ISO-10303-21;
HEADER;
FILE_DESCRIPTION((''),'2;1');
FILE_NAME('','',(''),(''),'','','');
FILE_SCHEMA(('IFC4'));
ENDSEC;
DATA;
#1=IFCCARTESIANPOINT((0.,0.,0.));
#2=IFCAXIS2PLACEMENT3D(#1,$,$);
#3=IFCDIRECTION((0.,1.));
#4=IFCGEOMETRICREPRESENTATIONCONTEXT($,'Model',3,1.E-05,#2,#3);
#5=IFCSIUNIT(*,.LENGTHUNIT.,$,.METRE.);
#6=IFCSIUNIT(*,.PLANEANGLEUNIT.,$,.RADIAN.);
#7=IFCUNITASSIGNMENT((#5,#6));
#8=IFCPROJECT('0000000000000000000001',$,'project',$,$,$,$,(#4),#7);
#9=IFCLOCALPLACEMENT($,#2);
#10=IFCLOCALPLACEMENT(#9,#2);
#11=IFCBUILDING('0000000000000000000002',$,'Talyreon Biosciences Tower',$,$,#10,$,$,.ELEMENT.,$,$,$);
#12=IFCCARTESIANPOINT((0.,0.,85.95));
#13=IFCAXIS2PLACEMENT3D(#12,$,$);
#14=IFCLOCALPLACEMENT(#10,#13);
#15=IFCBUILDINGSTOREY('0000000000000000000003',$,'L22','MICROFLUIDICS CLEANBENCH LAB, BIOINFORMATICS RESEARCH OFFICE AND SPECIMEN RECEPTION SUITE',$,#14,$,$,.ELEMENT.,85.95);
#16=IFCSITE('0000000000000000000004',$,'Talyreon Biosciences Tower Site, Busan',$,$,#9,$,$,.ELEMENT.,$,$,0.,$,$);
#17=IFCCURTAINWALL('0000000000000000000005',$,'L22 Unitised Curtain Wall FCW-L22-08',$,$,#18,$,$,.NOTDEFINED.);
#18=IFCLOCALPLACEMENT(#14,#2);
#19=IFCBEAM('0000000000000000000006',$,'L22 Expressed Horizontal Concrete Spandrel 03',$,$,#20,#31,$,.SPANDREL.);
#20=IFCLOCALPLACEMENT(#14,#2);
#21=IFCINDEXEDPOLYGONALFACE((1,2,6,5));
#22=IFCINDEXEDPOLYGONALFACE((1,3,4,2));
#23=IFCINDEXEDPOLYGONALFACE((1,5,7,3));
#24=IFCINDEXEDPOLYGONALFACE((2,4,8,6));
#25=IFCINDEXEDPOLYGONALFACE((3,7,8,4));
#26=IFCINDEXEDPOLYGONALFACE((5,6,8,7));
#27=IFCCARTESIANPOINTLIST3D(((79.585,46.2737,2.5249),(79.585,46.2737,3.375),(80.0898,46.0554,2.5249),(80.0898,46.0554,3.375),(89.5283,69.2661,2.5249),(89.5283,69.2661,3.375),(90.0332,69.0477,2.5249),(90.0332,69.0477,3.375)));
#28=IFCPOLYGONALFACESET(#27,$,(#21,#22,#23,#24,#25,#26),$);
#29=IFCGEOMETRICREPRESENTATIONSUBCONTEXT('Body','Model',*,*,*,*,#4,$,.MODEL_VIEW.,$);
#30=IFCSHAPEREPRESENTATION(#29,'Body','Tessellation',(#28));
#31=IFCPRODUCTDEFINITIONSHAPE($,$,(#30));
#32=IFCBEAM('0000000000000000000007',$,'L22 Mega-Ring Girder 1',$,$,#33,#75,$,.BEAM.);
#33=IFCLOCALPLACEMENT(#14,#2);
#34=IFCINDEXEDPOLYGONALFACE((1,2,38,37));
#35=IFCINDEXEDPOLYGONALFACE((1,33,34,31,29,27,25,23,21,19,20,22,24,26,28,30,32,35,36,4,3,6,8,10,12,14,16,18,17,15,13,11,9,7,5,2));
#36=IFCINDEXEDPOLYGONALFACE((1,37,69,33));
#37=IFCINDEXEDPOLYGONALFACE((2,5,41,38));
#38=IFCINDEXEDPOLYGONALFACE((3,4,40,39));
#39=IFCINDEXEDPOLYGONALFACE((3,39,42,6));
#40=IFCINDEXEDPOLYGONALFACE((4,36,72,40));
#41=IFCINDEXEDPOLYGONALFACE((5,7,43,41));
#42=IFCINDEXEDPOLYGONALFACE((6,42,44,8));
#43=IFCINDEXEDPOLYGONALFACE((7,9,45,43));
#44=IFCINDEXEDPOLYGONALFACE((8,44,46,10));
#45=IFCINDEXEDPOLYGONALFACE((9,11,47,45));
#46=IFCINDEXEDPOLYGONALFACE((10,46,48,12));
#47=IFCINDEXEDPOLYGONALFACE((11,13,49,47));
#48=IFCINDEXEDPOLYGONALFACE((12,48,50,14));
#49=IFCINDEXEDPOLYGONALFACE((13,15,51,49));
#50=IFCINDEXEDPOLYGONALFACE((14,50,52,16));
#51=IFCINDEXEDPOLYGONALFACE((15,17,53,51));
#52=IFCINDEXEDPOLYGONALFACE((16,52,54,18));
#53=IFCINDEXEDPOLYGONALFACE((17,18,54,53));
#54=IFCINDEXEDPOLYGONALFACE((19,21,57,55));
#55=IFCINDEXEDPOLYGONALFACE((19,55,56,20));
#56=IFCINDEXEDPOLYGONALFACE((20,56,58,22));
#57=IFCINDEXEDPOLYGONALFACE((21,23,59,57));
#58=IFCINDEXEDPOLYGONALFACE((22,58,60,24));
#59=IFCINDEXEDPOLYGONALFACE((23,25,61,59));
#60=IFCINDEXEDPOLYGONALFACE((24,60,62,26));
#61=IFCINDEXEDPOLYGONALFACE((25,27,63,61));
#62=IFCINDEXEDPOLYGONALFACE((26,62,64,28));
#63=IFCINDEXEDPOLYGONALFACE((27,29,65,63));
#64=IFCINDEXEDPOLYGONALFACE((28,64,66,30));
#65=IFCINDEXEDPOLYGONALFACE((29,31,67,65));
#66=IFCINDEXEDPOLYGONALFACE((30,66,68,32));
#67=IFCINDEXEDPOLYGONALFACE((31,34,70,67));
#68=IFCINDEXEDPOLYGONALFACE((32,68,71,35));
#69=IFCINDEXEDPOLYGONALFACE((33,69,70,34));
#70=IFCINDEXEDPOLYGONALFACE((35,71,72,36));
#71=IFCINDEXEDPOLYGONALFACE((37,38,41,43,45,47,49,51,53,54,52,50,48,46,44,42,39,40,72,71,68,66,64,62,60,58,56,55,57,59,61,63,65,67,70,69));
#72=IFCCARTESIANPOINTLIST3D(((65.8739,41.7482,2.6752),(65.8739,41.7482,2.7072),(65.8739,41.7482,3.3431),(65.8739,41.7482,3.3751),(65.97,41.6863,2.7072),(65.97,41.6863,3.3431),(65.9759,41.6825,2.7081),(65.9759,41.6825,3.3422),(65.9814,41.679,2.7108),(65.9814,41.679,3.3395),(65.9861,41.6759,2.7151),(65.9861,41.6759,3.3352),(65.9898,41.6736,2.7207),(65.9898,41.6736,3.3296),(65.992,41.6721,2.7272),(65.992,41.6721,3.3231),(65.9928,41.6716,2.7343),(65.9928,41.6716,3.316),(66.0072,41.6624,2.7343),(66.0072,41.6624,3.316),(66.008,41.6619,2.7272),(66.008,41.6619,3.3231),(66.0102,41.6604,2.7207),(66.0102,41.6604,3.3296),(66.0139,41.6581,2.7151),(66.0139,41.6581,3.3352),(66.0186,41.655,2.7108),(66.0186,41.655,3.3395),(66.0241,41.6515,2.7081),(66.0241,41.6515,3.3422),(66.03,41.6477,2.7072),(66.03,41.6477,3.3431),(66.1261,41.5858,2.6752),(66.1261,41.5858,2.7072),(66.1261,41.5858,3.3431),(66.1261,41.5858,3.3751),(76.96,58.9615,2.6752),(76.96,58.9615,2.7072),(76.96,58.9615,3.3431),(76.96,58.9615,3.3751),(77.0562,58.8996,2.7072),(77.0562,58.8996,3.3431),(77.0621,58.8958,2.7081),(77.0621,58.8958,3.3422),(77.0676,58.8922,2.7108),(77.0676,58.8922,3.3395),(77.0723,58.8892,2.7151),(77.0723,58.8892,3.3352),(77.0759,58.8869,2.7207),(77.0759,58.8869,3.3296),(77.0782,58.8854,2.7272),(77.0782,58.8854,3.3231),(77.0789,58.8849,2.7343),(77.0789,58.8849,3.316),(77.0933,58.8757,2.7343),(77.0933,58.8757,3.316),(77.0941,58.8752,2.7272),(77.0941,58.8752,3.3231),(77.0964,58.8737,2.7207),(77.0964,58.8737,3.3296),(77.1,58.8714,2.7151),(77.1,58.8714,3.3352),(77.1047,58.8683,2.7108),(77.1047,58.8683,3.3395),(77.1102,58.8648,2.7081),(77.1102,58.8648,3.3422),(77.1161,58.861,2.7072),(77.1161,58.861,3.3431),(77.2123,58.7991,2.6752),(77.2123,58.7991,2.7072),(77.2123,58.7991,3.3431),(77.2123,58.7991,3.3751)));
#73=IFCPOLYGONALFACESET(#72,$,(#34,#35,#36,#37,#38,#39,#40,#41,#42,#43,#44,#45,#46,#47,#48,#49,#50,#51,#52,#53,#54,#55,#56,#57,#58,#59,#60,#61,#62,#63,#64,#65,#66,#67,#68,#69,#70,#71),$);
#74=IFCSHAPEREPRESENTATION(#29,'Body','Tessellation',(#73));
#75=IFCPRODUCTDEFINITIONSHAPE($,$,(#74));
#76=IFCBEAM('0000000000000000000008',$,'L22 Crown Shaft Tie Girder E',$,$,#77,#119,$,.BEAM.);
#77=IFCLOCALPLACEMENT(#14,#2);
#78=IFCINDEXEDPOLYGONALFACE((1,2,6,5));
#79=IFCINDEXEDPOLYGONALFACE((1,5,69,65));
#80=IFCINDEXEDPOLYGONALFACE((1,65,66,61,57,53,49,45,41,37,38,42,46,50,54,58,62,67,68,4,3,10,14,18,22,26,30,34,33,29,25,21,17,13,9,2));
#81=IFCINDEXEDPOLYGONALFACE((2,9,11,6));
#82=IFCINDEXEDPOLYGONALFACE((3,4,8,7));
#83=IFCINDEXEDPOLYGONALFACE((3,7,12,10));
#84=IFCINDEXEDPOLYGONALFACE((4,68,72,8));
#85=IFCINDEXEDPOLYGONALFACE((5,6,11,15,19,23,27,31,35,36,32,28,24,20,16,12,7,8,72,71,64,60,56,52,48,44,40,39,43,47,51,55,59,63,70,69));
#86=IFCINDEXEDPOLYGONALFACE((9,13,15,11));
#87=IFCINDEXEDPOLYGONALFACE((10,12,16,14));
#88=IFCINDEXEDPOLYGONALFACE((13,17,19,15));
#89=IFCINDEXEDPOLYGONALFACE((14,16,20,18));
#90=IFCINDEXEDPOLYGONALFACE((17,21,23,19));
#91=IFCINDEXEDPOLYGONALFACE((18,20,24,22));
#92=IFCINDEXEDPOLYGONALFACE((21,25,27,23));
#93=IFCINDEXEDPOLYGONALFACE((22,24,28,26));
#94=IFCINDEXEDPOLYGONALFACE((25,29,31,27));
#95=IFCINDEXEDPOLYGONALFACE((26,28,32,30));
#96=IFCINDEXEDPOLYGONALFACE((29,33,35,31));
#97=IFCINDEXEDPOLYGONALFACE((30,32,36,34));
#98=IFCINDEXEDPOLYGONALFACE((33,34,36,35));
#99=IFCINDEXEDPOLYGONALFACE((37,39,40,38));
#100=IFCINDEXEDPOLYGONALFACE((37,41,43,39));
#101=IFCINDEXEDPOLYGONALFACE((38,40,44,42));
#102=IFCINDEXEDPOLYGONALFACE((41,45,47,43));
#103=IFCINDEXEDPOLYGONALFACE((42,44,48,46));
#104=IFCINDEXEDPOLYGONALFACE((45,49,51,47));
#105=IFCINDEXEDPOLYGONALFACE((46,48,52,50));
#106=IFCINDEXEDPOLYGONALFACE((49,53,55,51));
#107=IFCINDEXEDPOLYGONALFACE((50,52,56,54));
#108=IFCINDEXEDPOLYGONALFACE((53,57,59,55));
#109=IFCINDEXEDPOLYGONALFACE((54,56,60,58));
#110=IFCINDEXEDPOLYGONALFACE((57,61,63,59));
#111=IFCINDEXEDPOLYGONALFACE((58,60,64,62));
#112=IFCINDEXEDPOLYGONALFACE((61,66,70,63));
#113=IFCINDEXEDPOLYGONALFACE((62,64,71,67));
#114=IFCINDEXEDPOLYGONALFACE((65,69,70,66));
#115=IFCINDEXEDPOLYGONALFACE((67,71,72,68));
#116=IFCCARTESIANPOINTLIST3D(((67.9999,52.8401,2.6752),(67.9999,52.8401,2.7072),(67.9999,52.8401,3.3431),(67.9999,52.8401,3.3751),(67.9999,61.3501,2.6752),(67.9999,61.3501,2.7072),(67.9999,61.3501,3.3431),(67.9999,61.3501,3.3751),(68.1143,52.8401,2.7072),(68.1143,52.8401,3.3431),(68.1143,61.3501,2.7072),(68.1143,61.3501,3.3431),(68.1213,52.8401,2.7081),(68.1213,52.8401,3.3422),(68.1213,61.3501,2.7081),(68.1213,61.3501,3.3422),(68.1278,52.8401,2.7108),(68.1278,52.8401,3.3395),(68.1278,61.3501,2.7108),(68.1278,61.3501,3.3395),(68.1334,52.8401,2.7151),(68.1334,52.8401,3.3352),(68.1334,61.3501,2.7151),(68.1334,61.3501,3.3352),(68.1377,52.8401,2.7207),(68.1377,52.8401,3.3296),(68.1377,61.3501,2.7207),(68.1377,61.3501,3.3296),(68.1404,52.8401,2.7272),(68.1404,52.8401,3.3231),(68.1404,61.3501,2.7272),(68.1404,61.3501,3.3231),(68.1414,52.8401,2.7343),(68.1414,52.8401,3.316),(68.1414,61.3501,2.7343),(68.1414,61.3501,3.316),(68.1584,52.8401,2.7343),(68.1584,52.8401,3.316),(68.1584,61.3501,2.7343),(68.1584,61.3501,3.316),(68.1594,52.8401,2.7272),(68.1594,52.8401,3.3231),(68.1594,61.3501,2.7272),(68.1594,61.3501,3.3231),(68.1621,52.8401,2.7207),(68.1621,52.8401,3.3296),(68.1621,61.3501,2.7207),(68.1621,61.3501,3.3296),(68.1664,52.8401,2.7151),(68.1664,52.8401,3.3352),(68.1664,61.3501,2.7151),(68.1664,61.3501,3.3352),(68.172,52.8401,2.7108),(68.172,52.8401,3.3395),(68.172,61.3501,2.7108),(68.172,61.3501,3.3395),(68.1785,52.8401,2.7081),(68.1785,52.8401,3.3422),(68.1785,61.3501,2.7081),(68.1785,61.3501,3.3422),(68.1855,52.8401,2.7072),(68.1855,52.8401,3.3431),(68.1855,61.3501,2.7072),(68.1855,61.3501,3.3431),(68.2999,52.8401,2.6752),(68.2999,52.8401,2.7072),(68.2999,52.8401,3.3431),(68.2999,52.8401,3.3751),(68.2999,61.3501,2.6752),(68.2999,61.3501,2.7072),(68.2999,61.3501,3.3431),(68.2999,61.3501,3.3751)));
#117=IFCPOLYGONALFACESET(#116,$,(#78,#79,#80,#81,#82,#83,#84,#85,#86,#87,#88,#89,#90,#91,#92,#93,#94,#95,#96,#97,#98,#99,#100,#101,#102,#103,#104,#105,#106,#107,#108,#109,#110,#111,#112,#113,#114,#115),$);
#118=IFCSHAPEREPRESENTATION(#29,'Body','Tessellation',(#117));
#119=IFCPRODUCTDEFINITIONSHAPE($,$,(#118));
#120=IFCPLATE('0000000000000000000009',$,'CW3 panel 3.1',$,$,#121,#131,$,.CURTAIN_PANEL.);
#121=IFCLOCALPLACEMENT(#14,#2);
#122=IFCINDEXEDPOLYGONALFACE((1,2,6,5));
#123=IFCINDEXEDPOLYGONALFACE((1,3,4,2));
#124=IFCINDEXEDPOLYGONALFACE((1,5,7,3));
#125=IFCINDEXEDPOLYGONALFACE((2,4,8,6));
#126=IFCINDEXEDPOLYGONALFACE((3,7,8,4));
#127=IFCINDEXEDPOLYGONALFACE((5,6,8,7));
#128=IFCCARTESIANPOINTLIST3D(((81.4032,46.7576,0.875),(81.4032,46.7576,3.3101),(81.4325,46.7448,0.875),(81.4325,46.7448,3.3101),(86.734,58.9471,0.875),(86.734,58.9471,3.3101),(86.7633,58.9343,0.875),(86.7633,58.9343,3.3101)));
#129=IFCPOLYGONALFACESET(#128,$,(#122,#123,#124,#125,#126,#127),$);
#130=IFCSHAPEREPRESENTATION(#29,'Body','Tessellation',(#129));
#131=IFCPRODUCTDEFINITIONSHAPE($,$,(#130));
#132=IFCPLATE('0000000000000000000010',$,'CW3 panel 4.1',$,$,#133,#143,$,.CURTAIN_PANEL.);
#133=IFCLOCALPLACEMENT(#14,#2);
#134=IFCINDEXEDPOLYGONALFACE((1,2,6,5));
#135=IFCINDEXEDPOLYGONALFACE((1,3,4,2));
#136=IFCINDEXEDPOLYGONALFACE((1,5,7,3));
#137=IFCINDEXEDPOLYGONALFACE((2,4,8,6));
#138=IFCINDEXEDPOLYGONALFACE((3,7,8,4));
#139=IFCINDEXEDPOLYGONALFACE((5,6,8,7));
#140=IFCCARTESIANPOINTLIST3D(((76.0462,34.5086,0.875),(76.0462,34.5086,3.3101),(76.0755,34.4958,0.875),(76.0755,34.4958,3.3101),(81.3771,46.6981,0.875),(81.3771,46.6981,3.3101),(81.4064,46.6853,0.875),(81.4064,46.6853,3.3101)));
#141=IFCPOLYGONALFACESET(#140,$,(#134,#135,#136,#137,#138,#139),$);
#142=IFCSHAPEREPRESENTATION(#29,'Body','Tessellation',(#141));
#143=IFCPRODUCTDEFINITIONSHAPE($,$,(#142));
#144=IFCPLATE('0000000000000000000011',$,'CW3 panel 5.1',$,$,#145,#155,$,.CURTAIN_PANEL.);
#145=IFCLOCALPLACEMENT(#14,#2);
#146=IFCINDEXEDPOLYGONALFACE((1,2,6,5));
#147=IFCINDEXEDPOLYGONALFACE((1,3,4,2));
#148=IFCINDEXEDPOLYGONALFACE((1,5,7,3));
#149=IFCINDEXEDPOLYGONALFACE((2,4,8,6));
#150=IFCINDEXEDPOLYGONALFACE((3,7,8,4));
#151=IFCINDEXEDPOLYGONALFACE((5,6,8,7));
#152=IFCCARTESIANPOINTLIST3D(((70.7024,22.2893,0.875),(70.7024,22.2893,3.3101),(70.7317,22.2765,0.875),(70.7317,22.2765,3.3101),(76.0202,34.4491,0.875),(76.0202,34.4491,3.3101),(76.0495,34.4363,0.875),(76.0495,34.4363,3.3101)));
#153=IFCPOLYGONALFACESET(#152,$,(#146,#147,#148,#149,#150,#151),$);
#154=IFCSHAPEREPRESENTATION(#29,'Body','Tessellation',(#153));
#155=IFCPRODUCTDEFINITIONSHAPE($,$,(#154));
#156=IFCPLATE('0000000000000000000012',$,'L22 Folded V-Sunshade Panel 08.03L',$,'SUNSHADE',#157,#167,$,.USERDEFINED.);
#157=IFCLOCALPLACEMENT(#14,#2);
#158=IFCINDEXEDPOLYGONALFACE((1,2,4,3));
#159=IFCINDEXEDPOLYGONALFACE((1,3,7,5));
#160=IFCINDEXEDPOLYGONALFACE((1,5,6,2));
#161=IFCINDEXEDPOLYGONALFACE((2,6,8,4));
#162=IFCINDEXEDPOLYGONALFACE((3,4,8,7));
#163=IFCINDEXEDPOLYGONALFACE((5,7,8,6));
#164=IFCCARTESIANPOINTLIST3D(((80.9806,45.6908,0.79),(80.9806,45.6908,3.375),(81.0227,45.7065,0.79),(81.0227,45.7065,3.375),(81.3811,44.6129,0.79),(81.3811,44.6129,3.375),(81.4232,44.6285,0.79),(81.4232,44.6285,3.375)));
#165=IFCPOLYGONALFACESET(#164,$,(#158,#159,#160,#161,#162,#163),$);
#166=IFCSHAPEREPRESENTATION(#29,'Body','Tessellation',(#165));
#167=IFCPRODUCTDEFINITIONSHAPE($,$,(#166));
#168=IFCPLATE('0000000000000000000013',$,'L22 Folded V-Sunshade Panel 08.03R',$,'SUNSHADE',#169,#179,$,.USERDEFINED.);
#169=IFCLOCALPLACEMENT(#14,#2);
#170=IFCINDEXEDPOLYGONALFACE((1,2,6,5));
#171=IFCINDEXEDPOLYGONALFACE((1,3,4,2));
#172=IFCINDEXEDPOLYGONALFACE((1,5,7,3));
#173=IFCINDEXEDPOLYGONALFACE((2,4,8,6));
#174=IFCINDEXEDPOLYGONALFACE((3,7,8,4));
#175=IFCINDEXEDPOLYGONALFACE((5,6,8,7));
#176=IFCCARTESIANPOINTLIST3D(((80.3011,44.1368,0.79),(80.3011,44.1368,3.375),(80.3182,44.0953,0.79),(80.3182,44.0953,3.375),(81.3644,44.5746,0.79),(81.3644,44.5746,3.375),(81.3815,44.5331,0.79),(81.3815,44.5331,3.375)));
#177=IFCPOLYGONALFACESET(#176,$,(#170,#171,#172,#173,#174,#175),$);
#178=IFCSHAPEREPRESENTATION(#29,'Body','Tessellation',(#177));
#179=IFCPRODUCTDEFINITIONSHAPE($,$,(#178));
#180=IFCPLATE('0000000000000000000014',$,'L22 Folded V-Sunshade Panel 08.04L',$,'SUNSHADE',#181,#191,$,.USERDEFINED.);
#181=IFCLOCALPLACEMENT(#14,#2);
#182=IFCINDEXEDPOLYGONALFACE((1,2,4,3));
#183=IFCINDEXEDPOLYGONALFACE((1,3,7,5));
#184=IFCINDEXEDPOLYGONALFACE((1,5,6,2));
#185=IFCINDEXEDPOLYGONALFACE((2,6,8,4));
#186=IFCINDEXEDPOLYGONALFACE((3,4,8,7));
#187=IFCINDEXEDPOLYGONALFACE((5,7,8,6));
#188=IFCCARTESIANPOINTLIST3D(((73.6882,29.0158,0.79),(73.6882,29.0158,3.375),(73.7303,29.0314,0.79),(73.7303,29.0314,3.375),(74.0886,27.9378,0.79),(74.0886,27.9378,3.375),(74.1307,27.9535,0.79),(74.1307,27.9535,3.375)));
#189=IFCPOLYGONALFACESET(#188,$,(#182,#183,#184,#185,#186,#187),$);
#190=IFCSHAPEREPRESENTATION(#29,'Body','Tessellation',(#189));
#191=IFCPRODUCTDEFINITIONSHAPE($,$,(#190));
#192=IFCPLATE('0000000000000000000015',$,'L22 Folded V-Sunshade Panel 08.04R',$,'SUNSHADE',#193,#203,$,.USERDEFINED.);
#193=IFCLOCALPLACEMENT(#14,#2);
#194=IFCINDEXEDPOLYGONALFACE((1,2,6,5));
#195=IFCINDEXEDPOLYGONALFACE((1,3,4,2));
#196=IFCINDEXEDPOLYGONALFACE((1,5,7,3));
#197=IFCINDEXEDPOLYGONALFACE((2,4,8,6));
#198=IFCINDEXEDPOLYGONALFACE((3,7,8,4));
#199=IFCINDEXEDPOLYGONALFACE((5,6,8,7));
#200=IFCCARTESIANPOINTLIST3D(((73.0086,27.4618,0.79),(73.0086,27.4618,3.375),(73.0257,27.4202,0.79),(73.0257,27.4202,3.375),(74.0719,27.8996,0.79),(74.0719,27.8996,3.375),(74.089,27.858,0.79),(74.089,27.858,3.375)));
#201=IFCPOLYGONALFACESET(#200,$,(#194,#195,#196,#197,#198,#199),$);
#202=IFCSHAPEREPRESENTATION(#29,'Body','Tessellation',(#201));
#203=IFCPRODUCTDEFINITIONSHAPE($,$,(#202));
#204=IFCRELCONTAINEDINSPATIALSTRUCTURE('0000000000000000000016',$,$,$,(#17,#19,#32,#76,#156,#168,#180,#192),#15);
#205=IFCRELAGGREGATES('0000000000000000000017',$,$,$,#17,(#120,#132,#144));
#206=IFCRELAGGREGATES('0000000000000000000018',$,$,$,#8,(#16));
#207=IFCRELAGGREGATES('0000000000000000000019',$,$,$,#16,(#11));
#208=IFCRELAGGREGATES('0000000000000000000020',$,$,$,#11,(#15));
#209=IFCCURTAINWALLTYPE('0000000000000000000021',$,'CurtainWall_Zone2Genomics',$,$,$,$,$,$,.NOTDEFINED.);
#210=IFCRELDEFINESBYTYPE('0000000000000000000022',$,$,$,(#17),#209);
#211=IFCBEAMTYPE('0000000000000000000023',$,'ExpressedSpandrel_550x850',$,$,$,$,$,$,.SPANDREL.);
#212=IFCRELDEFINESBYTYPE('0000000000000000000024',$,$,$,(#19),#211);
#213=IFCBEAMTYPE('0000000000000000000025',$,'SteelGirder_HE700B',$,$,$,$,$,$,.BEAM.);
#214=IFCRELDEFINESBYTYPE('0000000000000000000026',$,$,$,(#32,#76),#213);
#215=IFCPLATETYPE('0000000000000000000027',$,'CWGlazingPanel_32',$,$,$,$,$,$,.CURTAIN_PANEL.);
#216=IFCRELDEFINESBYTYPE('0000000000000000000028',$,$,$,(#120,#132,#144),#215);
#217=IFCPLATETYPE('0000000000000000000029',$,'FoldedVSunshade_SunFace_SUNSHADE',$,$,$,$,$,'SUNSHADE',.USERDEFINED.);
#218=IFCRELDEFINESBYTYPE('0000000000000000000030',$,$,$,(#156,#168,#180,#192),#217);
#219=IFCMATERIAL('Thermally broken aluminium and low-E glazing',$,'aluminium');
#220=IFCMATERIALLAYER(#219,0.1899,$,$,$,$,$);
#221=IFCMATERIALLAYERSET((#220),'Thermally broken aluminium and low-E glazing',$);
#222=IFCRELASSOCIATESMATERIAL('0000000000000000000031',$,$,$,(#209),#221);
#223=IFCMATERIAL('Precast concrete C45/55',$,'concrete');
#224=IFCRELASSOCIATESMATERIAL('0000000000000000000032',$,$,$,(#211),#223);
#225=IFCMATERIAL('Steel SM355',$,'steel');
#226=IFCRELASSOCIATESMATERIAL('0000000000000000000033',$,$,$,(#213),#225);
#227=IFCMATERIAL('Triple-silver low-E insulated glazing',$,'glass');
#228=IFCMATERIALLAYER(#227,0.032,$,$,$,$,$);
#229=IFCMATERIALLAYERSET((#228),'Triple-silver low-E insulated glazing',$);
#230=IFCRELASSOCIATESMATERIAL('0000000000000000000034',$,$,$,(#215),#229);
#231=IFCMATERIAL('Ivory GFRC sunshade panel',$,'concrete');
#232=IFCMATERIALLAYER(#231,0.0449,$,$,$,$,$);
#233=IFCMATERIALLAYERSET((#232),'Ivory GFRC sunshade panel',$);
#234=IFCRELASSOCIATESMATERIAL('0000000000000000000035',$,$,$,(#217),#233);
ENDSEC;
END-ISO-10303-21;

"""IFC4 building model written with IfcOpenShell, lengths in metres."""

from ifc_helpers import new_model, si_unit, direction, frame, origin, origin_2d, place, context, subcontext, project, spatial, rectangle, i_section, extrude, material, layer, layer_set, material_profile, profile_set, type_object, element, aggregate, save


model = new_model("IFC4")

# Units and contexts
model_context = context("Model", 3, precision=1e-05, world=origin(), true_north=direction((0.0, 1.0)))
body_context = subcontext(model_context, "Body", "Model", "MODEL_VIEW")
ifc_project = project(units=[si_unit("LENGTHUNIT", "METRE"), si_unit("PLANEANGLEUNIT", "RADIAN")], contexts=[model_context])

# Site, building, storey
site_placement = place(None, origin())
site = spatial("IfcSite", under=ifc_project, at=site_placement, Name="Talyreon Biosciences Tower Site, Busan", CompositionType="ELEMENT", RefElevation=0.0)
building_placement = place(site_placement, origin())
building = spatial("IfcBuilding", under=site, at=building_placement, Name="Talyreon Biosciences Tower", CompositionType="ELEMENT")
storey_placement = place(building_placement, frame((0.0, 0.0, 85.95)))
storey = spatial("IfcBuildingStorey", under=building, at=storey_placement, Name="L22", Description="MICROFLUIDICS CLEANBENCH LAB, BIOINFORMATICS RESEARCH OFFICE AND SPECIMEN RECEPTION SUITE", CompositionType="ELEMENT", Elevation=85.95)

# Shared definitions
ifc_material_1 = material(Name="Precast concrete C45/55", Category="concrete")

# Curtain wall
ifc_material_2 = material(Name="Thermally broken aluminium and low-E glazing", Category="aluminium")
ifc_layer_1 = layer(ifc_material_2, 0.1899)
ifc_layer_set_1 = layer_set([ifc_layer_1], Name="Thermally broken aluminium and low-E glazing")
curtain_wall_type = type_object("IfcCurtainWallType", Name="CurtainWall_Zone2Genomics", PredefinedType="NOTDEFINED", material=ifc_layer_set_1)
curtain_wall_placement = place(storey_placement, origin())
curtain_wall = element("IfcCurtainWall", 1, at=curtain_wall_placement, inside=storey, type_object=curtain_wall_type, Name="L22 Unitised Curtain Wall FCW-L22-08", PredefinedType="NOTDEFINED")

# Beams
ifc_material_profile_1 = material_profile(ifc_material_1, rectangle(XDim=0.55, YDim=0.8501, at=origin_2d()), Name="RCB 550x850")
ifc_profile_set_1 = profile_set([ifc_material_profile_1], Name="Precast concrete C45/55")
beam_type_1 = type_object("IfcBeamType", Name="ExpressedSpandrel_550x850", PredefinedType="SPANDREL", material=ifc_profile_set_1)
beam_1_placement = place(storey_placement, frame((79.8374, 46.1646, 2.95), z_axis=(0.396934, 0.917847, 0.0), x_axis=(-0.917847, 0.396934, 0.0)))
element("IfcBeam", 2, at=beam_1_placement, inside=storey, type_object=beam_type_1, Name="L22 Expressed Horizontal Concrete Spandrel 03", PredefinedType="SPANDREL", context=body_context, shape_type="SweptSolid", body=[
    extrude(rectangle(XDim=0.55, YDim=0.8501, at=origin_2d()), origin(), (0.0, 0.0, 1.0), 25.0503),
])
ifc_material_3 = material(Name="Steel SM355", Category="steel")
ifc_material_profile_2 = material_profile(ifc_material_3, i_section(OverallWidth=0.3, OverallDepth=0.7, WebThickness=0.0171, FlangeThickness=0.032, FilletRadius=0.0271, at=origin_2d()), Name="HE700B")
ifc_profile_set_2 = profile_set([ifc_material_profile_2], Name="Steel SM355")
beam_type_2 = type_object("IfcBeamType", Name="SteelGirder_HE700B", PredefinedType="BEAM", material=ifc_profile_set_2)
beam_2_placement = place(storey_placement, frame((66.0, 41.667, 3.0251), z_axis=(0.541464, 0.840724, 0.0), x_axis=(-0.840724, 0.541464, 0.0)))
element("IfcBeam", 3, at=beam_2_placement, inside=storey, type_object=beam_type_2, Name="L22 Mega-Ring Girder 1", PredefinedType="BEAM", context=body_context, shape_type="SweptSolid", body=[
    extrude(i_section(OverallWidth=0.3, OverallDepth=0.7, WebThickness=0.0171, FlangeThickness=0.032, FilletRadius=0.0271, at=origin_2d()), origin(), (0.0, 0.0, 1.0), 20.4744),
])
beam_3_placement = place(storey_placement, frame((68.1499, 52.8401, 3.0251), z_axis=(0.0, 1.0, 0.0), x_axis=(-1.0, 0.0, 0.0)))
element("IfcBeam", 4, at=beam_3_placement, inside=storey, type_object=beam_type_2, Name="L22 Crown Shaft Tie Girder E", PredefinedType="BEAM", context=body_context, shape_type="SweptSolid", body=[
    extrude(i_section(OverallWidth=0.3, OverallDepth=0.7, WebThickness=0.0171, FlangeThickness=0.032, FilletRadius=0.0271, at=origin_2d()), origin(), (0.0, 0.0, 1.0), 8.51),
])

# Plates
ifc_material_4 = material(Name="Triple-silver low-E insulated glazing", Category="glass")
ifc_layer_2 = layer(ifc_material_4, 0.032)
ifc_layer_set_2 = layer_set([ifc_layer_2], Name="Triple-silver low-E insulated glazing")
plate_type_1 = type_object("IfcPlateType", Name="CWGlazingPanel_32", PredefinedType="CURTAIN_PANEL", material=ifc_layer_set_2)
plate_1_placement = place(storey_placement, frame((84.0833, 52.8459, 0.875), z_axis=(0.0, 0.0, 1.0), x_axis=(-0.400689, -0.916214, 0.0)))
plate_1 = element("IfcPlate", 5, at=plate_1_placement, type_object=plate_type_1, Name="CW3 panel 3.1", PredefinedType="CURTAIN_PANEL", context=body_context, shape_type="SweptSolid", body=[
    extrude(rectangle(XDim=13.3042, YDim=0.032, at=origin_2d()), origin(), (0.0, 0.0, 1.0), 2.4351),
])
plate_2_placement = place(storey_placement, frame((78.7263, 40.5969, 0.875), z_axis=(0.0, 0.0, 1.0), x_axis=(-0.400689, -0.916214, 0.0)))
plate_2 = element("IfcPlate", 6, at=plate_2_placement, type_object=plate_type_1, Name="CW3 panel 4.1", PredefinedType="CURTAIN_PANEL", context=body_context, shape_type="SweptSolid", body=[
    extrude(rectangle(XDim=13.3042, YDim=0.032, at=origin_2d()), origin(), (0.0, 0.0, 1.0), 2.4351),
])
plate_3_placement = place(storey_placement, frame((73.376, 28.3628, 0.875), z_axis=(0.0, 0.0, 1.0), x_axis=(-0.400689, -0.916214, 0.0)))
plate_3 = element("IfcPlate", 7, at=plate_3_placement, type_object=plate_type_1, Name="CW3 panel 5.1", PredefinedType="CURTAIN_PANEL", context=body_context, shape_type="SweptSolid", body=[
    extrude(rectangle(XDim=13.2717, YDim=0.032, at=origin_2d()), origin(), (0.0, 0.0, 1.0), 2.4351),
])
aggregate(curtain_wall, [plate_1, plate_2, plate_3])

# Plates
ifc_material_5 = material(Name="Ivory GFRC sunshade panel", Category="concrete")
ifc_layer_3 = layer(ifc_material_5, 0.0449)
ifc_layer_set_3 = layer_set([ifc_layer_3], Name="Ivory GFRC sunshade panel")
plate_type_2 = type_object("IfcPlateType", Name="FoldedVSunshade_SunFace_SUNSHADE", ElementType="SUNSHADE", PredefinedType="USERDEFINED", material=ifc_layer_set_3)
for number, where, z_axis, x_axis, name in (
    (8, (81.2019, 45.1597, 0.79), (0.0, 0.0, 1.0), (0.348228, -0.93741, 0.0), "L22 Folded V-Sunshade Panel 08.03L"),
    (9, (80.8413, 44.335, 0.79), (0.0, 0.0, 1.0), (-0.924686, -0.380731, 0.0), "L22 Folded V-Sunshade Panel 08.03R"),
    (10, (73.9094, 28.4846, 0.79), (0.0, 0.0, 1.0), (0.348228, -0.93741, 0.0), "L22 Folded V-Sunshade Panel 08.04L"),
    (11, (73.5488, 27.6599, 0.79), (0.0, 0.0, 1.0), (-0.924686, -0.380731, 0.0), "L22 Folded V-Sunshade Panel 08.04R"),
):
    element("IfcPlate", number, at=place(storey_placement, frame(where, z_axis=z_axis, x_axis=x_axis)), inside=storey, type_object=plate_type_2, Name=name, ObjectType="SUNSHADE", PredefinedType="USERDEFINED", context=body_context, shape_type="SweptSolid", body=[
        extrude(rectangle(XDim=1.1499, YDim=0.0449, at=origin_2d()), origin(), (0.0, 0.0, 1.0), 2.585),
    ])

save(model, "model.ifc")
